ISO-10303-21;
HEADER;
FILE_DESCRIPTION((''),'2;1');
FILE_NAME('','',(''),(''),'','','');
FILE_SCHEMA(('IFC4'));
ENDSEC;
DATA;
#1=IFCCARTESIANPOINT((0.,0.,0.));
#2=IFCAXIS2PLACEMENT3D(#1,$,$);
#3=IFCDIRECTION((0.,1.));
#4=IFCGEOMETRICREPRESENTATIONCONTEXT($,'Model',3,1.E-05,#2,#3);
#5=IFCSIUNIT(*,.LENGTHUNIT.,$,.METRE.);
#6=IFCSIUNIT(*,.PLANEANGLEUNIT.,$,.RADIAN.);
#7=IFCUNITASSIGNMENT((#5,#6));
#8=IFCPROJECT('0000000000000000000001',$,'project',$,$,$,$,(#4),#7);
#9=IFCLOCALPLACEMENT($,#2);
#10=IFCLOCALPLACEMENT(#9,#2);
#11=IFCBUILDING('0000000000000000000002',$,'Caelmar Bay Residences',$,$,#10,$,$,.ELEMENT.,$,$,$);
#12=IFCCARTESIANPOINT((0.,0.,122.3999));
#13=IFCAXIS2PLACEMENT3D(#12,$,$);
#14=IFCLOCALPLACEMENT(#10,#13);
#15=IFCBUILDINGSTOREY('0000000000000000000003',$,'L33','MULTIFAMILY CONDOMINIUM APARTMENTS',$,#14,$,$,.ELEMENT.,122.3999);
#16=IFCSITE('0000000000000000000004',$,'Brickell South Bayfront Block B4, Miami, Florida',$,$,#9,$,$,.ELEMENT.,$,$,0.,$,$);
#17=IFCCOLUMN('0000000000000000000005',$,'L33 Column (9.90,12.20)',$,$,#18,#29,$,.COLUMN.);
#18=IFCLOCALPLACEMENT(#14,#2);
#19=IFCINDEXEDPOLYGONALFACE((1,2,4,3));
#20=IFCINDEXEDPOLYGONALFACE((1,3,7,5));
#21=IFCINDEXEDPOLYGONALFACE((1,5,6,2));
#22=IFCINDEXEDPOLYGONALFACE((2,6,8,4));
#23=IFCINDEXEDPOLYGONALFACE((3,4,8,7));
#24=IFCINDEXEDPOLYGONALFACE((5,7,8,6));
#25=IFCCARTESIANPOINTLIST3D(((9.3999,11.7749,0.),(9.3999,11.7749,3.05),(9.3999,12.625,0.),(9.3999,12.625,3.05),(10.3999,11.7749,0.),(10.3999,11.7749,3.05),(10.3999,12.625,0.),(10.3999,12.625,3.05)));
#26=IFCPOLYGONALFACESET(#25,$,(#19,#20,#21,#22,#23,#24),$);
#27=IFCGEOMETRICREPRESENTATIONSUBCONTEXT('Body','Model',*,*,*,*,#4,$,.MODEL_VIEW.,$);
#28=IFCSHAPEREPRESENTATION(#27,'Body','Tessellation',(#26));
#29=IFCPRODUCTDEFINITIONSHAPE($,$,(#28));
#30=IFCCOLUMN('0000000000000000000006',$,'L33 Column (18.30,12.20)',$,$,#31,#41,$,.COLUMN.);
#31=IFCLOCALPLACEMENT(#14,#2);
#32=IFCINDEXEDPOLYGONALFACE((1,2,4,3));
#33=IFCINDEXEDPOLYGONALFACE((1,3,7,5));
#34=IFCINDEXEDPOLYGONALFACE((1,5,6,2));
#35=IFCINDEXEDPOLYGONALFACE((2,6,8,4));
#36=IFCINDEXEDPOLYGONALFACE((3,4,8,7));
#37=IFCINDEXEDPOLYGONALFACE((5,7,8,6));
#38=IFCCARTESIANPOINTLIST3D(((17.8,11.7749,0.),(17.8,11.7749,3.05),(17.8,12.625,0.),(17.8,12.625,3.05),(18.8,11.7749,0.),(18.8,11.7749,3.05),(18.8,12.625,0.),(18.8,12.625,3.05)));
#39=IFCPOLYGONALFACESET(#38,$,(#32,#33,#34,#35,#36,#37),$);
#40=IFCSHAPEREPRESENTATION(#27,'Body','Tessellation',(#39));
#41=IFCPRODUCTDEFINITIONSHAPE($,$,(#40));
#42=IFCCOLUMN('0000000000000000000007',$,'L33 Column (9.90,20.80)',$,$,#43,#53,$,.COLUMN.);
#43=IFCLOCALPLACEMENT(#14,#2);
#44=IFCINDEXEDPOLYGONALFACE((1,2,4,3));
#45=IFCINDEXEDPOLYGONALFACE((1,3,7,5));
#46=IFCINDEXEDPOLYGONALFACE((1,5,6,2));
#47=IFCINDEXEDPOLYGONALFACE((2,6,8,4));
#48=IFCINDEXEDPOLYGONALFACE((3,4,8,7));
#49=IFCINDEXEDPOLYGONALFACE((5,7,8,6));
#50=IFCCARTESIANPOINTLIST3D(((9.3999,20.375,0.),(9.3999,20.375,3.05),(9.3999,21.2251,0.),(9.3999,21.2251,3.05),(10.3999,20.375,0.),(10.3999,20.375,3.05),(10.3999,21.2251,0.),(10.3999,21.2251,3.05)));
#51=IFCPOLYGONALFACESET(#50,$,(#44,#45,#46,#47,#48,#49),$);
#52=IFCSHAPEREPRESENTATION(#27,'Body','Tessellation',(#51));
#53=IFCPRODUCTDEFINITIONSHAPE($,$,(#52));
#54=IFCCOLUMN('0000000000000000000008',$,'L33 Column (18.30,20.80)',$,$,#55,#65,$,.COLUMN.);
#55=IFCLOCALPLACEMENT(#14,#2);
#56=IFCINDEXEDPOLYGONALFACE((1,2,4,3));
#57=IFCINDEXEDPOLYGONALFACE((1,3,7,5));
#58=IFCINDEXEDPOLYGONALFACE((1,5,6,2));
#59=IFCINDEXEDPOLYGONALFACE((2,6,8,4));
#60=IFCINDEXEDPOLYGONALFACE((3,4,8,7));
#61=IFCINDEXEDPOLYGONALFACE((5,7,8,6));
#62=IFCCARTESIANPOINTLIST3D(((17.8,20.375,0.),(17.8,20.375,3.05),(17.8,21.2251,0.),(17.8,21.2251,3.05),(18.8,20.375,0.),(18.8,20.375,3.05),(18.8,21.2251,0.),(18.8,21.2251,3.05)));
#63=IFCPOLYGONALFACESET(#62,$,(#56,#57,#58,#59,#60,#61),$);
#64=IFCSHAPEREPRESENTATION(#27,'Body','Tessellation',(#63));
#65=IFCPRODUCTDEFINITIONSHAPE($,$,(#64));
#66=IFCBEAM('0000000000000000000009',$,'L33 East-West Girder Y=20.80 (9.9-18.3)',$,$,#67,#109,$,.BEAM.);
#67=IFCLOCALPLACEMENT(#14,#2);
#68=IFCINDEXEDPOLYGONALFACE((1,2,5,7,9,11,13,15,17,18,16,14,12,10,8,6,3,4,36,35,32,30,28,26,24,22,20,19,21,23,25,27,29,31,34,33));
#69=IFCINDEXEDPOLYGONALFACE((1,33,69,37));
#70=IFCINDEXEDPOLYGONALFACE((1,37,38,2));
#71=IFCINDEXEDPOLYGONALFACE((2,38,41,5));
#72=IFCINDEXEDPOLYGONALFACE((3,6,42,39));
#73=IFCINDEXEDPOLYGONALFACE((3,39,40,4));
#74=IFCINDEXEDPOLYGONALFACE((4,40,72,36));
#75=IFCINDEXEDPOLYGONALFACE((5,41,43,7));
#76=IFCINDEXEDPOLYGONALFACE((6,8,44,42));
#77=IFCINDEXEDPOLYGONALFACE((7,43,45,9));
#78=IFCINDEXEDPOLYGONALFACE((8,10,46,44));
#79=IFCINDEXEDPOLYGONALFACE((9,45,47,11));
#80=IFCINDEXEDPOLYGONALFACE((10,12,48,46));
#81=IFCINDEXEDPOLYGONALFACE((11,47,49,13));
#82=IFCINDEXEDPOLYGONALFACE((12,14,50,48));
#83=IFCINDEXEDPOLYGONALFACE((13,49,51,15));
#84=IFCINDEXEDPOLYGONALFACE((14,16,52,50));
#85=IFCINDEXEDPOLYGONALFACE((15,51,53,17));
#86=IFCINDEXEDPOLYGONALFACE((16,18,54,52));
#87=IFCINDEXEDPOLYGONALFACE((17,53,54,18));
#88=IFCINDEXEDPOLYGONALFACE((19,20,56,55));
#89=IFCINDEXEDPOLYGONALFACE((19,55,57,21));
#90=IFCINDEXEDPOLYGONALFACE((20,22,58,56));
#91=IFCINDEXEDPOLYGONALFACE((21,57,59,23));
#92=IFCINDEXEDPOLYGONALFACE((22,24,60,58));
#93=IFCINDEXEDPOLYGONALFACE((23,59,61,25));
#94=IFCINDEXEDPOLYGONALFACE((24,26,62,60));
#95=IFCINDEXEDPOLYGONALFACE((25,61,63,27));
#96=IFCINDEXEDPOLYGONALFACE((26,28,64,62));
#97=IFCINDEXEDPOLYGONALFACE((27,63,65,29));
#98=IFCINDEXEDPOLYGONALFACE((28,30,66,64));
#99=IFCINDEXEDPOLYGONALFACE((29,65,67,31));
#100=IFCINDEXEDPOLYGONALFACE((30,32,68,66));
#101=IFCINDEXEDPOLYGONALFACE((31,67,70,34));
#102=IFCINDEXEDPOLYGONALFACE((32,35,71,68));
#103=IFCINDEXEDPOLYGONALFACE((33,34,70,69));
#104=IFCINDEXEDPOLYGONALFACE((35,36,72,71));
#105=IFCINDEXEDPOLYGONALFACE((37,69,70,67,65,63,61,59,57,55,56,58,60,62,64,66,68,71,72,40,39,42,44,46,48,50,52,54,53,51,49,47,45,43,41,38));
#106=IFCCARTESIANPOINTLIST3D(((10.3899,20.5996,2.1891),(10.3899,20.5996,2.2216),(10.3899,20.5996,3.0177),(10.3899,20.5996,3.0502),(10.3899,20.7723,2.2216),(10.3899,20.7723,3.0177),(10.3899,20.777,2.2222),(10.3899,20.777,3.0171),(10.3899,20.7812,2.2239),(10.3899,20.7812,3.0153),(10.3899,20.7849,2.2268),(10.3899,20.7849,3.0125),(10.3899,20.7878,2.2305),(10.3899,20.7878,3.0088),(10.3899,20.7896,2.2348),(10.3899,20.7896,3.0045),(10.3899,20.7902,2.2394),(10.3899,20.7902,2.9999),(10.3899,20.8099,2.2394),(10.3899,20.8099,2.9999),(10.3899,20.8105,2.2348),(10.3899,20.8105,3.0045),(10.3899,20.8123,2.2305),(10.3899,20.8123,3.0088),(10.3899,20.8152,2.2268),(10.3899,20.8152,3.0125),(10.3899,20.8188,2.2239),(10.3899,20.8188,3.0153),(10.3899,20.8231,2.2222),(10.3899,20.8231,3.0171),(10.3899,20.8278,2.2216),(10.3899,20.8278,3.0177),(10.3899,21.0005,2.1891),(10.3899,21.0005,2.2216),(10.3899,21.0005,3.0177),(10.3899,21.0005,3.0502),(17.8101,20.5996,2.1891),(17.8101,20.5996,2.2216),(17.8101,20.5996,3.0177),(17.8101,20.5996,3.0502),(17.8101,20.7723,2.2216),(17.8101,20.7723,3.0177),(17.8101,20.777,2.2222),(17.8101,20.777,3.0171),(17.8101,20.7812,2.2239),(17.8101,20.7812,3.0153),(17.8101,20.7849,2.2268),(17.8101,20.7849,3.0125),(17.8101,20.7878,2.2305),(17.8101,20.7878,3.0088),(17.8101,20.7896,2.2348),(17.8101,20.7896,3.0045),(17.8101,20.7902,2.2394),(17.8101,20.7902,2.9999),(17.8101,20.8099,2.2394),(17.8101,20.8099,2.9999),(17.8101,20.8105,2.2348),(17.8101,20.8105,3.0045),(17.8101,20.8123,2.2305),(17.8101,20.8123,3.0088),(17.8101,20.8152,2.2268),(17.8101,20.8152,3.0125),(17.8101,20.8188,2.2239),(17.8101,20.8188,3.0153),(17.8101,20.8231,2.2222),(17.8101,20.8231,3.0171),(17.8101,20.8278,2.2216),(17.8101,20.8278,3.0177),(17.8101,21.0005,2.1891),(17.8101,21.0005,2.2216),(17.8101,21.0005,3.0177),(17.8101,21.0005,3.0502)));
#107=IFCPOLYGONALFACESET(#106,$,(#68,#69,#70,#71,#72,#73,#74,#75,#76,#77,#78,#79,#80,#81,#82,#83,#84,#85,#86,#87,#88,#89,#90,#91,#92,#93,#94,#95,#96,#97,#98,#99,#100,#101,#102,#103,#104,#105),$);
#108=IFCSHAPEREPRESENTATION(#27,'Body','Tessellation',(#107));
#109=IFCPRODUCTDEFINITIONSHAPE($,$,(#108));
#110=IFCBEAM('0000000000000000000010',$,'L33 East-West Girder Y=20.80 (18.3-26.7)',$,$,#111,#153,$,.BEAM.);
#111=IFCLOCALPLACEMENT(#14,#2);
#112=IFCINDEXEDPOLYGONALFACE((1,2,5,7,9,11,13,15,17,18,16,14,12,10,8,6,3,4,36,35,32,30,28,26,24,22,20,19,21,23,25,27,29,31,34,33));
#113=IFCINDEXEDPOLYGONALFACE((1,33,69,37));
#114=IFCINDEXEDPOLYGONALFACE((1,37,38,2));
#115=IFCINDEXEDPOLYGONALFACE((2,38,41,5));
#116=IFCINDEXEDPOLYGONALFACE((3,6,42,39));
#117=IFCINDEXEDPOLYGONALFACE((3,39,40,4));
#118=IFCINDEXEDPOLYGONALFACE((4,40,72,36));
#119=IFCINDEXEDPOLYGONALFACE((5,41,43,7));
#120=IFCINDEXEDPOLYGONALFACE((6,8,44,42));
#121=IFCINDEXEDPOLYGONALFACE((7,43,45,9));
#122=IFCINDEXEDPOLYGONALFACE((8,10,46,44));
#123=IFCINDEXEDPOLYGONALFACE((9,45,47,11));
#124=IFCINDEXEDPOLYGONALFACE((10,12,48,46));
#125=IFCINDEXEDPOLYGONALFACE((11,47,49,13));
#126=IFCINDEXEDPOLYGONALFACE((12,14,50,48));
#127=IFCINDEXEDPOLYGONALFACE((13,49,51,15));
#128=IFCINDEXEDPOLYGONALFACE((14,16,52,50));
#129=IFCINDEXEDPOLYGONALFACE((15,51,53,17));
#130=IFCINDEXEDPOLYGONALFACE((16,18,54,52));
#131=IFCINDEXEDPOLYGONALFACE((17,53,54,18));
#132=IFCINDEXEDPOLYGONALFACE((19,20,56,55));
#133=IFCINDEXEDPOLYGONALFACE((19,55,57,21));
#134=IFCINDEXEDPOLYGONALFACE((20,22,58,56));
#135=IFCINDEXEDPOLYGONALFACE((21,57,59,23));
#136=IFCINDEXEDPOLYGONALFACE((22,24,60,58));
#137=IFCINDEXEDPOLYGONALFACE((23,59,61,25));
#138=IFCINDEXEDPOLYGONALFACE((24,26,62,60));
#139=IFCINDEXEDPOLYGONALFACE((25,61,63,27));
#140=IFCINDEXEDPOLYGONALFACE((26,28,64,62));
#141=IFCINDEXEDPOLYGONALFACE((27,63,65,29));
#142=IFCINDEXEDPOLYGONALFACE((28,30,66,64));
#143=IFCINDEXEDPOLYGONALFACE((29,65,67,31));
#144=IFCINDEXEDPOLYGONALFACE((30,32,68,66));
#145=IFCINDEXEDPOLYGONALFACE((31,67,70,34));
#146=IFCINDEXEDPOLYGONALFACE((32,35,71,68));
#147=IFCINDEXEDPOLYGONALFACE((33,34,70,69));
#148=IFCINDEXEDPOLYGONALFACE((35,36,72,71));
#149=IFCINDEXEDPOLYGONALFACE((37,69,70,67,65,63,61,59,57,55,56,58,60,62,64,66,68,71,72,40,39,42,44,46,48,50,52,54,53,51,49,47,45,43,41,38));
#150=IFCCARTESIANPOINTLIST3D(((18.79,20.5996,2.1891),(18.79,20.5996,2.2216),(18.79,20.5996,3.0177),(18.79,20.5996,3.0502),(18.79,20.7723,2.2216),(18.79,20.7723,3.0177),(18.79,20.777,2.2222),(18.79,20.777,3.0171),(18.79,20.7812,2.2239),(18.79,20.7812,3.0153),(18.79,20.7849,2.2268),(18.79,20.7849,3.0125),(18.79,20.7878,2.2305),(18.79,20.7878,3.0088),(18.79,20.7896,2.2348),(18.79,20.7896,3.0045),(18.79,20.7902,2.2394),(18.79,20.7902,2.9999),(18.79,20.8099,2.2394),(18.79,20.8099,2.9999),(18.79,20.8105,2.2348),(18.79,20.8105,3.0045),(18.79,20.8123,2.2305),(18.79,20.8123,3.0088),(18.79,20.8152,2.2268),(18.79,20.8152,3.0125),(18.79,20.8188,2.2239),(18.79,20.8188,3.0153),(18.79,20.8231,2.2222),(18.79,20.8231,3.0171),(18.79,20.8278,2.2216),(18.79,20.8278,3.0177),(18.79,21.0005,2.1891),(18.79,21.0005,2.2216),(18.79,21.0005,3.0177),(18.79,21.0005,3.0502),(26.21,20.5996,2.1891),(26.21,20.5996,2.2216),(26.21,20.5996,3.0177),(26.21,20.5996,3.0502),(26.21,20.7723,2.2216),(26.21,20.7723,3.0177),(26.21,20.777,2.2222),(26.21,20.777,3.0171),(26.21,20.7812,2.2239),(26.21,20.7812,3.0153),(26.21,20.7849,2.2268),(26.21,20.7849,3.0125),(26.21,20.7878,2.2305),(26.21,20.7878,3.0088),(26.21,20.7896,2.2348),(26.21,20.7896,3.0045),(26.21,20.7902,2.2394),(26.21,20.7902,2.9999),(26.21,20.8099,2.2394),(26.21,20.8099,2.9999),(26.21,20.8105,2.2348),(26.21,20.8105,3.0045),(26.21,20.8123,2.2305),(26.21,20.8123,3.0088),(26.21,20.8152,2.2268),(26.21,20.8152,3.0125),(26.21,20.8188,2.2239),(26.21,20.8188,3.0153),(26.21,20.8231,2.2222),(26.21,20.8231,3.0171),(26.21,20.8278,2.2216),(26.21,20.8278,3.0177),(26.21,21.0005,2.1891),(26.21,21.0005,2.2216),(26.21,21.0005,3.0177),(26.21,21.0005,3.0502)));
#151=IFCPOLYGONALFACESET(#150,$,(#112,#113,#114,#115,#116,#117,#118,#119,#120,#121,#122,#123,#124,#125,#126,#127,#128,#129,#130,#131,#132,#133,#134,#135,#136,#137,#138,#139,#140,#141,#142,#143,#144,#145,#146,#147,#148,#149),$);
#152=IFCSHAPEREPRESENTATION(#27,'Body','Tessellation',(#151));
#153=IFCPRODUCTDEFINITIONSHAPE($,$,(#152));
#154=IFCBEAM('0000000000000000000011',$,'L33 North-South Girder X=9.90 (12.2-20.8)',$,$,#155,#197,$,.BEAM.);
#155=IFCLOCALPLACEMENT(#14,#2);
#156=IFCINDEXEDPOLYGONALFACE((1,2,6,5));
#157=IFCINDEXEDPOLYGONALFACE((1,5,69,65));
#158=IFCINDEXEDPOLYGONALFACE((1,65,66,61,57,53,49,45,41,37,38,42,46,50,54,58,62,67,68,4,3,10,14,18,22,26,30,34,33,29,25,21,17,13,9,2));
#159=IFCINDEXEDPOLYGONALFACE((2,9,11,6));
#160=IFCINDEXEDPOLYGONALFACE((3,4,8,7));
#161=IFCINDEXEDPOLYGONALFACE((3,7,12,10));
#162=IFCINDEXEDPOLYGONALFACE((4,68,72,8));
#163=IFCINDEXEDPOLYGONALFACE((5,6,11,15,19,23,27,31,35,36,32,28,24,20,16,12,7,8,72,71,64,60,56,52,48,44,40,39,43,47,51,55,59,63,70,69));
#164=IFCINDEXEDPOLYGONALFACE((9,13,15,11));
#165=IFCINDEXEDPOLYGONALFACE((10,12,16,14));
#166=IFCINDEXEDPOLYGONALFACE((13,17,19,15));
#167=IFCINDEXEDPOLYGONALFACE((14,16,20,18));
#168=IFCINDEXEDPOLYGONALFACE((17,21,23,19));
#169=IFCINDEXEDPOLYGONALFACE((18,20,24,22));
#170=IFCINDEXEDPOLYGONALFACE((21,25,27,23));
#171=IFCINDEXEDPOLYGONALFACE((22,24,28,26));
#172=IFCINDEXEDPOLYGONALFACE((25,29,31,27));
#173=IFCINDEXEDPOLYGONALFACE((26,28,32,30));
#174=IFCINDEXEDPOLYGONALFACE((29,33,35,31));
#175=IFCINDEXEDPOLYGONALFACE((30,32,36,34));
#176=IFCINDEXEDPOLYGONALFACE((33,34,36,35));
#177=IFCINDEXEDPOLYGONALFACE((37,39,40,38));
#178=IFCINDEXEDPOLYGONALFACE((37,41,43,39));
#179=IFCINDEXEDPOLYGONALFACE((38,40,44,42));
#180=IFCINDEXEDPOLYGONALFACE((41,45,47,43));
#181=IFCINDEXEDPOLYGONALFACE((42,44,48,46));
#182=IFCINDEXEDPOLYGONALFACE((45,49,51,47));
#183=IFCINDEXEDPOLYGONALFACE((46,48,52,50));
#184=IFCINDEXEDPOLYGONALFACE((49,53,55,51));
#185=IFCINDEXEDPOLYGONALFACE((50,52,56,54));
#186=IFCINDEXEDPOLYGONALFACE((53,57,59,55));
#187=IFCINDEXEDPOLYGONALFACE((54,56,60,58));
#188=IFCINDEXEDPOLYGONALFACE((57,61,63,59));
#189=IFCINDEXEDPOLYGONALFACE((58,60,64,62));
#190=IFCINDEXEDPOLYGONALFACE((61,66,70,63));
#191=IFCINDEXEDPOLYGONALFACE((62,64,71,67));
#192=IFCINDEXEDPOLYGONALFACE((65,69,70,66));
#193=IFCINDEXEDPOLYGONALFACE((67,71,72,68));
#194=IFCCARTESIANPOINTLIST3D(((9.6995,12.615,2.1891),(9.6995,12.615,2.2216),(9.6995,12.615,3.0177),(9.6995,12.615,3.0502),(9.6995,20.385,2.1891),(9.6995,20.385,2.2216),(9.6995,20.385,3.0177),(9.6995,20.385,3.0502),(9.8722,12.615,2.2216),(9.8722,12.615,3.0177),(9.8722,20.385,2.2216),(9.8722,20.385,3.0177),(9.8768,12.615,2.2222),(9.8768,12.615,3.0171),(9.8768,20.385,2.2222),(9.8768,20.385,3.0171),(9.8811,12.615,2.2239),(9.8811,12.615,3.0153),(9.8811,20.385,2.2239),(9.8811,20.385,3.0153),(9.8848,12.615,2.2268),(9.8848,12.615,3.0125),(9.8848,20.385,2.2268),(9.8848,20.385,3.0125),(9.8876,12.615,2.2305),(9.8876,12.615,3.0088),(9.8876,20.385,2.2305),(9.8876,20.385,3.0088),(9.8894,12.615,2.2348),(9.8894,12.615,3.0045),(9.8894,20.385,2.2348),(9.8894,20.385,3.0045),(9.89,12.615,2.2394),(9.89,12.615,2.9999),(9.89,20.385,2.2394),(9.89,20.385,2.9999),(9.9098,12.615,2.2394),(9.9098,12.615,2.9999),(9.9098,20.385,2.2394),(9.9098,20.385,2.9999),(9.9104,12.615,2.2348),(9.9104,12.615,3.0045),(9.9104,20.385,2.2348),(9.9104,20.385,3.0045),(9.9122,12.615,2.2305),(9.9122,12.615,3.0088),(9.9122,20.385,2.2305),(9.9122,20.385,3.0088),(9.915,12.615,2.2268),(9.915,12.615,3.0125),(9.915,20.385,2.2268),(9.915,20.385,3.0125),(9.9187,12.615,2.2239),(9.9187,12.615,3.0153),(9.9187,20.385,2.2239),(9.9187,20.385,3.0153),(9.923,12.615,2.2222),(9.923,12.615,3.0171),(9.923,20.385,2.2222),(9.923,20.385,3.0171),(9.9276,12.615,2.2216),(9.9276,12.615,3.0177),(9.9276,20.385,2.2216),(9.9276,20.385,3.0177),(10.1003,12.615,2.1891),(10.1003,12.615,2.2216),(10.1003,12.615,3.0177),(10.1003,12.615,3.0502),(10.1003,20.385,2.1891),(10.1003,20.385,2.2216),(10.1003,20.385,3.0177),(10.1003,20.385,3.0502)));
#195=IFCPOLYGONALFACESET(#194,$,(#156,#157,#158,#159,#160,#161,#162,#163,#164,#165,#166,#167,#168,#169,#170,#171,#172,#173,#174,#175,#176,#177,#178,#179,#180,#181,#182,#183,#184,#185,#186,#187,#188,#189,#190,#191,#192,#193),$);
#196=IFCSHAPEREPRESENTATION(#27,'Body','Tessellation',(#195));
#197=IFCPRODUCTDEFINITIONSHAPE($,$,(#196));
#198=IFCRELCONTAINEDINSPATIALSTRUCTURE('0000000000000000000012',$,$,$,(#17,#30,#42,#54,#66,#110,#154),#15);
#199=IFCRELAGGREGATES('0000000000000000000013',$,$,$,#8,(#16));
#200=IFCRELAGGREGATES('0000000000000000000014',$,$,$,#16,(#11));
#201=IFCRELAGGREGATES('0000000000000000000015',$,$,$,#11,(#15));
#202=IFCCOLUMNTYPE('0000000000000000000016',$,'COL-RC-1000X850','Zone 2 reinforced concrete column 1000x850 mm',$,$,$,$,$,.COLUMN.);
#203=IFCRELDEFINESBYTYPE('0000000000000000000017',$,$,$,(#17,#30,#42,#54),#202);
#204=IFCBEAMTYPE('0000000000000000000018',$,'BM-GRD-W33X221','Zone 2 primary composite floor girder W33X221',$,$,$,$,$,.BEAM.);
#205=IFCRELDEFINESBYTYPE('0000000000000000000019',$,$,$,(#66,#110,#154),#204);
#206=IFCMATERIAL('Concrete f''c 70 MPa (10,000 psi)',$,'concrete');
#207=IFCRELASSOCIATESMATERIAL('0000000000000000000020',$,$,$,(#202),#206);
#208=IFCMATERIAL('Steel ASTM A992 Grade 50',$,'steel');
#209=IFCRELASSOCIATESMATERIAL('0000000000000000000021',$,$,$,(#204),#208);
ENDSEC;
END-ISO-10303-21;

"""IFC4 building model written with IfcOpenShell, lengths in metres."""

from ifc_helpers import new_model, si_unit, direction, frame, origin, origin_2d, place, context, subcontext, project, spatial, rectangle, i_section, extrude, material, material_profile, profile_set, type_object, element, save


model = new_model("IFC4")

# Units and contexts
model_context = context("Model", 3, precision=1e-05, world=origin(), true_north=direction((0.0, 1.0)))
body_context = subcontext(model_context, "Body", "Model", "MODEL_VIEW")
ifc_project = project(units=[si_unit("LENGTHUNIT", "METRE"), si_unit("PLANEANGLEUNIT", "RADIAN")], contexts=[model_context])

# Site, building, storey
site_placement = place(None, origin())
site = spatial("IfcSite", under=ifc_project, at=site_placement, Name="Brickell South Bayfront Block B4, Miami, Florida", CompositionType="ELEMENT", RefElevation=0.0)
building_placement = place(site_placement, origin())
building = spatial("IfcBuilding", under=site, at=building_placement, Name="Caelmar Bay Residences", CompositionType="ELEMENT")
storey_placement = place(building_placement, frame((0.0, 0.0, 122.3999)))
storey = spatial("IfcBuildingStorey", under=building, at=storey_placement, Name="L33", Description="MULTIFAMILY CONDOMINIUM APARTMENTS", CompositionType="ELEMENT", Elevation=122.3999)

# Columns
ifc_material_1 = material(Name="Concrete f'c 70 MPa (10,000 psi)", Category="concrete")
ifc_material_profile_1 = material_profile(ifc_material_1, rectangle(XDim=1.0, YDim=0.8501, at=origin_2d()), Name="RC-COL-1000X850")
ifc_profile_set_1 = profile_set([ifc_material_profile_1], Name="Concrete f'c 70 MPa (10,000 psi)")
column_type = type_object("IfcColumnType", Name="COL-RC-1000X850", Description="Zone 2 reinforced concrete column 1000x850 mm", PredefinedType="COLUMN", material=ifc_profile_set_1)
for number, where, z_axis, x_axis, name in (
    (1, (9.8999, 12.2, 0.0), (0.0, 0.0, 1.0), (1.0, 0.0, 0.0), "L33 Column (9.90,12.20)"),
    (2, (18.3, 12.2, 0.0), (0.0, 0.0, 1.0), (1.0, 0.0, 0.0), "L33 Column (18.30,12.20)"),
    (3, (9.8999, 20.8, 0.0), (0.0, 0.0, 1.0), (1.0, 0.0, 0.0), "L33 Column (9.90,20.80)"),
    (4, (18.3, 20.8, 0.0), (0.0, 0.0, 1.0), (1.0, 0.0, 0.0), "L33 Column (18.30,20.80)"),
):
    element("IfcColumn", number, at=place(storey_placement, frame(where, z_axis=z_axis, x_axis=x_axis)), inside=storey, type_object=column_type, Name=name, PredefinedType="COLUMN", context=body_context, shape_type="SweptSolid", body=[
        extrude(rectangle(XDim=1.0, YDim=0.8501, at=origin_2d()), origin(), (0.0, 0.0, 1.0), 3.05),
    ])

# Beams
ifc_material_2 = material(Name="Steel ASTM A992 Grade 50", Category="steel")
ifc_material_profile_2 = material_profile(ifc_material_2, i_section(OverallWidth=0.4009, OverallDepth=0.8611, WebThickness=0.0198, FlangeThickness=0.0325, FilletRadius=0.0178, at=origin_2d()), Name="W33X221")
ifc_profile_set_2 = profile_set([ifc_material_profile_2], Name="Steel ASTM A992 Grade 50")
beam_type_1 = type_object("IfcBeamType", Name="BM-GRD-W33X221", Description="Zone 2 primary composite floor girder W33X221", PredefinedType="BEAM", material=ifc_profile_set_2)
beam_1_placement = place(storey_placement, frame((10.3899, 20.8, 2.6196), z_axis=(1.0, 0.0, 0.0), x_axis=(0.0, 1.0, 0.0)))
element("IfcBeam", 5, at=beam_1_placement, inside=storey, type_object=beam_type_1, Name="L33 East-West Girder Y=20.80 (9.9-18.3)", PredefinedType="BEAM", context=body_context, shape_type="SweptSolid", body=[
    extrude(i_section(OverallWidth=0.4009, OverallDepth=0.8611, WebThickness=0.0198, FlangeThickness=0.0325, FilletRadius=0.0178, at=origin_2d()), origin(), (0.0, 0.0, 1.0), 7.4202),
])
beam_2_placement = place(storey_placement, frame((18.79, 20.8, 2.6196), z_axis=(1.0, 0.0, 0.0), x_axis=(0.0, 1.0, 0.0)))
element("IfcBeam", 6, at=beam_2_placement, inside=storey, type_object=beam_type_1, Name="L33 East-West Girder Y=20.80 (18.3-26.7)", PredefinedType="BEAM", context=body_context, shape_type="SweptSolid", body=[
    extrude(i_section(OverallWidth=0.4009, OverallDepth=0.8611, WebThickness=0.0198, FlangeThickness=0.0325, FilletRadius=0.0178, at=origin_2d()), origin(), (0.0, 0.0, 1.0), 7.4199),
])
for number, where, z_axis, x_axis, name in (
    (7, (9.8999, 12.615, 2.6196), (0.0, 1.0, 0.0), (-1.0, 0.0, 0.0), "L33 North-South Girder X=9.90 (12.2-20.8)"),
):
    element("IfcBeam", number, at=place(storey_placement, frame(where, z_axis=z_axis, x_axis=x_axis)), inside=storey, type_object=beam_type_1, Name=name, PredefinedType="BEAM", context=body_context, shape_type="SweptSolid", body=[
        extrude(i_section(OverallWidth=0.4009, OverallDepth=0.8611, WebThickness=0.0198, FlangeThickness=0.0325, FilletRadius=0.0178, at=origin_2d()), origin(), (0.0, 0.0, 1.0), 7.77),
    ])

save(model, "model.ifc")
